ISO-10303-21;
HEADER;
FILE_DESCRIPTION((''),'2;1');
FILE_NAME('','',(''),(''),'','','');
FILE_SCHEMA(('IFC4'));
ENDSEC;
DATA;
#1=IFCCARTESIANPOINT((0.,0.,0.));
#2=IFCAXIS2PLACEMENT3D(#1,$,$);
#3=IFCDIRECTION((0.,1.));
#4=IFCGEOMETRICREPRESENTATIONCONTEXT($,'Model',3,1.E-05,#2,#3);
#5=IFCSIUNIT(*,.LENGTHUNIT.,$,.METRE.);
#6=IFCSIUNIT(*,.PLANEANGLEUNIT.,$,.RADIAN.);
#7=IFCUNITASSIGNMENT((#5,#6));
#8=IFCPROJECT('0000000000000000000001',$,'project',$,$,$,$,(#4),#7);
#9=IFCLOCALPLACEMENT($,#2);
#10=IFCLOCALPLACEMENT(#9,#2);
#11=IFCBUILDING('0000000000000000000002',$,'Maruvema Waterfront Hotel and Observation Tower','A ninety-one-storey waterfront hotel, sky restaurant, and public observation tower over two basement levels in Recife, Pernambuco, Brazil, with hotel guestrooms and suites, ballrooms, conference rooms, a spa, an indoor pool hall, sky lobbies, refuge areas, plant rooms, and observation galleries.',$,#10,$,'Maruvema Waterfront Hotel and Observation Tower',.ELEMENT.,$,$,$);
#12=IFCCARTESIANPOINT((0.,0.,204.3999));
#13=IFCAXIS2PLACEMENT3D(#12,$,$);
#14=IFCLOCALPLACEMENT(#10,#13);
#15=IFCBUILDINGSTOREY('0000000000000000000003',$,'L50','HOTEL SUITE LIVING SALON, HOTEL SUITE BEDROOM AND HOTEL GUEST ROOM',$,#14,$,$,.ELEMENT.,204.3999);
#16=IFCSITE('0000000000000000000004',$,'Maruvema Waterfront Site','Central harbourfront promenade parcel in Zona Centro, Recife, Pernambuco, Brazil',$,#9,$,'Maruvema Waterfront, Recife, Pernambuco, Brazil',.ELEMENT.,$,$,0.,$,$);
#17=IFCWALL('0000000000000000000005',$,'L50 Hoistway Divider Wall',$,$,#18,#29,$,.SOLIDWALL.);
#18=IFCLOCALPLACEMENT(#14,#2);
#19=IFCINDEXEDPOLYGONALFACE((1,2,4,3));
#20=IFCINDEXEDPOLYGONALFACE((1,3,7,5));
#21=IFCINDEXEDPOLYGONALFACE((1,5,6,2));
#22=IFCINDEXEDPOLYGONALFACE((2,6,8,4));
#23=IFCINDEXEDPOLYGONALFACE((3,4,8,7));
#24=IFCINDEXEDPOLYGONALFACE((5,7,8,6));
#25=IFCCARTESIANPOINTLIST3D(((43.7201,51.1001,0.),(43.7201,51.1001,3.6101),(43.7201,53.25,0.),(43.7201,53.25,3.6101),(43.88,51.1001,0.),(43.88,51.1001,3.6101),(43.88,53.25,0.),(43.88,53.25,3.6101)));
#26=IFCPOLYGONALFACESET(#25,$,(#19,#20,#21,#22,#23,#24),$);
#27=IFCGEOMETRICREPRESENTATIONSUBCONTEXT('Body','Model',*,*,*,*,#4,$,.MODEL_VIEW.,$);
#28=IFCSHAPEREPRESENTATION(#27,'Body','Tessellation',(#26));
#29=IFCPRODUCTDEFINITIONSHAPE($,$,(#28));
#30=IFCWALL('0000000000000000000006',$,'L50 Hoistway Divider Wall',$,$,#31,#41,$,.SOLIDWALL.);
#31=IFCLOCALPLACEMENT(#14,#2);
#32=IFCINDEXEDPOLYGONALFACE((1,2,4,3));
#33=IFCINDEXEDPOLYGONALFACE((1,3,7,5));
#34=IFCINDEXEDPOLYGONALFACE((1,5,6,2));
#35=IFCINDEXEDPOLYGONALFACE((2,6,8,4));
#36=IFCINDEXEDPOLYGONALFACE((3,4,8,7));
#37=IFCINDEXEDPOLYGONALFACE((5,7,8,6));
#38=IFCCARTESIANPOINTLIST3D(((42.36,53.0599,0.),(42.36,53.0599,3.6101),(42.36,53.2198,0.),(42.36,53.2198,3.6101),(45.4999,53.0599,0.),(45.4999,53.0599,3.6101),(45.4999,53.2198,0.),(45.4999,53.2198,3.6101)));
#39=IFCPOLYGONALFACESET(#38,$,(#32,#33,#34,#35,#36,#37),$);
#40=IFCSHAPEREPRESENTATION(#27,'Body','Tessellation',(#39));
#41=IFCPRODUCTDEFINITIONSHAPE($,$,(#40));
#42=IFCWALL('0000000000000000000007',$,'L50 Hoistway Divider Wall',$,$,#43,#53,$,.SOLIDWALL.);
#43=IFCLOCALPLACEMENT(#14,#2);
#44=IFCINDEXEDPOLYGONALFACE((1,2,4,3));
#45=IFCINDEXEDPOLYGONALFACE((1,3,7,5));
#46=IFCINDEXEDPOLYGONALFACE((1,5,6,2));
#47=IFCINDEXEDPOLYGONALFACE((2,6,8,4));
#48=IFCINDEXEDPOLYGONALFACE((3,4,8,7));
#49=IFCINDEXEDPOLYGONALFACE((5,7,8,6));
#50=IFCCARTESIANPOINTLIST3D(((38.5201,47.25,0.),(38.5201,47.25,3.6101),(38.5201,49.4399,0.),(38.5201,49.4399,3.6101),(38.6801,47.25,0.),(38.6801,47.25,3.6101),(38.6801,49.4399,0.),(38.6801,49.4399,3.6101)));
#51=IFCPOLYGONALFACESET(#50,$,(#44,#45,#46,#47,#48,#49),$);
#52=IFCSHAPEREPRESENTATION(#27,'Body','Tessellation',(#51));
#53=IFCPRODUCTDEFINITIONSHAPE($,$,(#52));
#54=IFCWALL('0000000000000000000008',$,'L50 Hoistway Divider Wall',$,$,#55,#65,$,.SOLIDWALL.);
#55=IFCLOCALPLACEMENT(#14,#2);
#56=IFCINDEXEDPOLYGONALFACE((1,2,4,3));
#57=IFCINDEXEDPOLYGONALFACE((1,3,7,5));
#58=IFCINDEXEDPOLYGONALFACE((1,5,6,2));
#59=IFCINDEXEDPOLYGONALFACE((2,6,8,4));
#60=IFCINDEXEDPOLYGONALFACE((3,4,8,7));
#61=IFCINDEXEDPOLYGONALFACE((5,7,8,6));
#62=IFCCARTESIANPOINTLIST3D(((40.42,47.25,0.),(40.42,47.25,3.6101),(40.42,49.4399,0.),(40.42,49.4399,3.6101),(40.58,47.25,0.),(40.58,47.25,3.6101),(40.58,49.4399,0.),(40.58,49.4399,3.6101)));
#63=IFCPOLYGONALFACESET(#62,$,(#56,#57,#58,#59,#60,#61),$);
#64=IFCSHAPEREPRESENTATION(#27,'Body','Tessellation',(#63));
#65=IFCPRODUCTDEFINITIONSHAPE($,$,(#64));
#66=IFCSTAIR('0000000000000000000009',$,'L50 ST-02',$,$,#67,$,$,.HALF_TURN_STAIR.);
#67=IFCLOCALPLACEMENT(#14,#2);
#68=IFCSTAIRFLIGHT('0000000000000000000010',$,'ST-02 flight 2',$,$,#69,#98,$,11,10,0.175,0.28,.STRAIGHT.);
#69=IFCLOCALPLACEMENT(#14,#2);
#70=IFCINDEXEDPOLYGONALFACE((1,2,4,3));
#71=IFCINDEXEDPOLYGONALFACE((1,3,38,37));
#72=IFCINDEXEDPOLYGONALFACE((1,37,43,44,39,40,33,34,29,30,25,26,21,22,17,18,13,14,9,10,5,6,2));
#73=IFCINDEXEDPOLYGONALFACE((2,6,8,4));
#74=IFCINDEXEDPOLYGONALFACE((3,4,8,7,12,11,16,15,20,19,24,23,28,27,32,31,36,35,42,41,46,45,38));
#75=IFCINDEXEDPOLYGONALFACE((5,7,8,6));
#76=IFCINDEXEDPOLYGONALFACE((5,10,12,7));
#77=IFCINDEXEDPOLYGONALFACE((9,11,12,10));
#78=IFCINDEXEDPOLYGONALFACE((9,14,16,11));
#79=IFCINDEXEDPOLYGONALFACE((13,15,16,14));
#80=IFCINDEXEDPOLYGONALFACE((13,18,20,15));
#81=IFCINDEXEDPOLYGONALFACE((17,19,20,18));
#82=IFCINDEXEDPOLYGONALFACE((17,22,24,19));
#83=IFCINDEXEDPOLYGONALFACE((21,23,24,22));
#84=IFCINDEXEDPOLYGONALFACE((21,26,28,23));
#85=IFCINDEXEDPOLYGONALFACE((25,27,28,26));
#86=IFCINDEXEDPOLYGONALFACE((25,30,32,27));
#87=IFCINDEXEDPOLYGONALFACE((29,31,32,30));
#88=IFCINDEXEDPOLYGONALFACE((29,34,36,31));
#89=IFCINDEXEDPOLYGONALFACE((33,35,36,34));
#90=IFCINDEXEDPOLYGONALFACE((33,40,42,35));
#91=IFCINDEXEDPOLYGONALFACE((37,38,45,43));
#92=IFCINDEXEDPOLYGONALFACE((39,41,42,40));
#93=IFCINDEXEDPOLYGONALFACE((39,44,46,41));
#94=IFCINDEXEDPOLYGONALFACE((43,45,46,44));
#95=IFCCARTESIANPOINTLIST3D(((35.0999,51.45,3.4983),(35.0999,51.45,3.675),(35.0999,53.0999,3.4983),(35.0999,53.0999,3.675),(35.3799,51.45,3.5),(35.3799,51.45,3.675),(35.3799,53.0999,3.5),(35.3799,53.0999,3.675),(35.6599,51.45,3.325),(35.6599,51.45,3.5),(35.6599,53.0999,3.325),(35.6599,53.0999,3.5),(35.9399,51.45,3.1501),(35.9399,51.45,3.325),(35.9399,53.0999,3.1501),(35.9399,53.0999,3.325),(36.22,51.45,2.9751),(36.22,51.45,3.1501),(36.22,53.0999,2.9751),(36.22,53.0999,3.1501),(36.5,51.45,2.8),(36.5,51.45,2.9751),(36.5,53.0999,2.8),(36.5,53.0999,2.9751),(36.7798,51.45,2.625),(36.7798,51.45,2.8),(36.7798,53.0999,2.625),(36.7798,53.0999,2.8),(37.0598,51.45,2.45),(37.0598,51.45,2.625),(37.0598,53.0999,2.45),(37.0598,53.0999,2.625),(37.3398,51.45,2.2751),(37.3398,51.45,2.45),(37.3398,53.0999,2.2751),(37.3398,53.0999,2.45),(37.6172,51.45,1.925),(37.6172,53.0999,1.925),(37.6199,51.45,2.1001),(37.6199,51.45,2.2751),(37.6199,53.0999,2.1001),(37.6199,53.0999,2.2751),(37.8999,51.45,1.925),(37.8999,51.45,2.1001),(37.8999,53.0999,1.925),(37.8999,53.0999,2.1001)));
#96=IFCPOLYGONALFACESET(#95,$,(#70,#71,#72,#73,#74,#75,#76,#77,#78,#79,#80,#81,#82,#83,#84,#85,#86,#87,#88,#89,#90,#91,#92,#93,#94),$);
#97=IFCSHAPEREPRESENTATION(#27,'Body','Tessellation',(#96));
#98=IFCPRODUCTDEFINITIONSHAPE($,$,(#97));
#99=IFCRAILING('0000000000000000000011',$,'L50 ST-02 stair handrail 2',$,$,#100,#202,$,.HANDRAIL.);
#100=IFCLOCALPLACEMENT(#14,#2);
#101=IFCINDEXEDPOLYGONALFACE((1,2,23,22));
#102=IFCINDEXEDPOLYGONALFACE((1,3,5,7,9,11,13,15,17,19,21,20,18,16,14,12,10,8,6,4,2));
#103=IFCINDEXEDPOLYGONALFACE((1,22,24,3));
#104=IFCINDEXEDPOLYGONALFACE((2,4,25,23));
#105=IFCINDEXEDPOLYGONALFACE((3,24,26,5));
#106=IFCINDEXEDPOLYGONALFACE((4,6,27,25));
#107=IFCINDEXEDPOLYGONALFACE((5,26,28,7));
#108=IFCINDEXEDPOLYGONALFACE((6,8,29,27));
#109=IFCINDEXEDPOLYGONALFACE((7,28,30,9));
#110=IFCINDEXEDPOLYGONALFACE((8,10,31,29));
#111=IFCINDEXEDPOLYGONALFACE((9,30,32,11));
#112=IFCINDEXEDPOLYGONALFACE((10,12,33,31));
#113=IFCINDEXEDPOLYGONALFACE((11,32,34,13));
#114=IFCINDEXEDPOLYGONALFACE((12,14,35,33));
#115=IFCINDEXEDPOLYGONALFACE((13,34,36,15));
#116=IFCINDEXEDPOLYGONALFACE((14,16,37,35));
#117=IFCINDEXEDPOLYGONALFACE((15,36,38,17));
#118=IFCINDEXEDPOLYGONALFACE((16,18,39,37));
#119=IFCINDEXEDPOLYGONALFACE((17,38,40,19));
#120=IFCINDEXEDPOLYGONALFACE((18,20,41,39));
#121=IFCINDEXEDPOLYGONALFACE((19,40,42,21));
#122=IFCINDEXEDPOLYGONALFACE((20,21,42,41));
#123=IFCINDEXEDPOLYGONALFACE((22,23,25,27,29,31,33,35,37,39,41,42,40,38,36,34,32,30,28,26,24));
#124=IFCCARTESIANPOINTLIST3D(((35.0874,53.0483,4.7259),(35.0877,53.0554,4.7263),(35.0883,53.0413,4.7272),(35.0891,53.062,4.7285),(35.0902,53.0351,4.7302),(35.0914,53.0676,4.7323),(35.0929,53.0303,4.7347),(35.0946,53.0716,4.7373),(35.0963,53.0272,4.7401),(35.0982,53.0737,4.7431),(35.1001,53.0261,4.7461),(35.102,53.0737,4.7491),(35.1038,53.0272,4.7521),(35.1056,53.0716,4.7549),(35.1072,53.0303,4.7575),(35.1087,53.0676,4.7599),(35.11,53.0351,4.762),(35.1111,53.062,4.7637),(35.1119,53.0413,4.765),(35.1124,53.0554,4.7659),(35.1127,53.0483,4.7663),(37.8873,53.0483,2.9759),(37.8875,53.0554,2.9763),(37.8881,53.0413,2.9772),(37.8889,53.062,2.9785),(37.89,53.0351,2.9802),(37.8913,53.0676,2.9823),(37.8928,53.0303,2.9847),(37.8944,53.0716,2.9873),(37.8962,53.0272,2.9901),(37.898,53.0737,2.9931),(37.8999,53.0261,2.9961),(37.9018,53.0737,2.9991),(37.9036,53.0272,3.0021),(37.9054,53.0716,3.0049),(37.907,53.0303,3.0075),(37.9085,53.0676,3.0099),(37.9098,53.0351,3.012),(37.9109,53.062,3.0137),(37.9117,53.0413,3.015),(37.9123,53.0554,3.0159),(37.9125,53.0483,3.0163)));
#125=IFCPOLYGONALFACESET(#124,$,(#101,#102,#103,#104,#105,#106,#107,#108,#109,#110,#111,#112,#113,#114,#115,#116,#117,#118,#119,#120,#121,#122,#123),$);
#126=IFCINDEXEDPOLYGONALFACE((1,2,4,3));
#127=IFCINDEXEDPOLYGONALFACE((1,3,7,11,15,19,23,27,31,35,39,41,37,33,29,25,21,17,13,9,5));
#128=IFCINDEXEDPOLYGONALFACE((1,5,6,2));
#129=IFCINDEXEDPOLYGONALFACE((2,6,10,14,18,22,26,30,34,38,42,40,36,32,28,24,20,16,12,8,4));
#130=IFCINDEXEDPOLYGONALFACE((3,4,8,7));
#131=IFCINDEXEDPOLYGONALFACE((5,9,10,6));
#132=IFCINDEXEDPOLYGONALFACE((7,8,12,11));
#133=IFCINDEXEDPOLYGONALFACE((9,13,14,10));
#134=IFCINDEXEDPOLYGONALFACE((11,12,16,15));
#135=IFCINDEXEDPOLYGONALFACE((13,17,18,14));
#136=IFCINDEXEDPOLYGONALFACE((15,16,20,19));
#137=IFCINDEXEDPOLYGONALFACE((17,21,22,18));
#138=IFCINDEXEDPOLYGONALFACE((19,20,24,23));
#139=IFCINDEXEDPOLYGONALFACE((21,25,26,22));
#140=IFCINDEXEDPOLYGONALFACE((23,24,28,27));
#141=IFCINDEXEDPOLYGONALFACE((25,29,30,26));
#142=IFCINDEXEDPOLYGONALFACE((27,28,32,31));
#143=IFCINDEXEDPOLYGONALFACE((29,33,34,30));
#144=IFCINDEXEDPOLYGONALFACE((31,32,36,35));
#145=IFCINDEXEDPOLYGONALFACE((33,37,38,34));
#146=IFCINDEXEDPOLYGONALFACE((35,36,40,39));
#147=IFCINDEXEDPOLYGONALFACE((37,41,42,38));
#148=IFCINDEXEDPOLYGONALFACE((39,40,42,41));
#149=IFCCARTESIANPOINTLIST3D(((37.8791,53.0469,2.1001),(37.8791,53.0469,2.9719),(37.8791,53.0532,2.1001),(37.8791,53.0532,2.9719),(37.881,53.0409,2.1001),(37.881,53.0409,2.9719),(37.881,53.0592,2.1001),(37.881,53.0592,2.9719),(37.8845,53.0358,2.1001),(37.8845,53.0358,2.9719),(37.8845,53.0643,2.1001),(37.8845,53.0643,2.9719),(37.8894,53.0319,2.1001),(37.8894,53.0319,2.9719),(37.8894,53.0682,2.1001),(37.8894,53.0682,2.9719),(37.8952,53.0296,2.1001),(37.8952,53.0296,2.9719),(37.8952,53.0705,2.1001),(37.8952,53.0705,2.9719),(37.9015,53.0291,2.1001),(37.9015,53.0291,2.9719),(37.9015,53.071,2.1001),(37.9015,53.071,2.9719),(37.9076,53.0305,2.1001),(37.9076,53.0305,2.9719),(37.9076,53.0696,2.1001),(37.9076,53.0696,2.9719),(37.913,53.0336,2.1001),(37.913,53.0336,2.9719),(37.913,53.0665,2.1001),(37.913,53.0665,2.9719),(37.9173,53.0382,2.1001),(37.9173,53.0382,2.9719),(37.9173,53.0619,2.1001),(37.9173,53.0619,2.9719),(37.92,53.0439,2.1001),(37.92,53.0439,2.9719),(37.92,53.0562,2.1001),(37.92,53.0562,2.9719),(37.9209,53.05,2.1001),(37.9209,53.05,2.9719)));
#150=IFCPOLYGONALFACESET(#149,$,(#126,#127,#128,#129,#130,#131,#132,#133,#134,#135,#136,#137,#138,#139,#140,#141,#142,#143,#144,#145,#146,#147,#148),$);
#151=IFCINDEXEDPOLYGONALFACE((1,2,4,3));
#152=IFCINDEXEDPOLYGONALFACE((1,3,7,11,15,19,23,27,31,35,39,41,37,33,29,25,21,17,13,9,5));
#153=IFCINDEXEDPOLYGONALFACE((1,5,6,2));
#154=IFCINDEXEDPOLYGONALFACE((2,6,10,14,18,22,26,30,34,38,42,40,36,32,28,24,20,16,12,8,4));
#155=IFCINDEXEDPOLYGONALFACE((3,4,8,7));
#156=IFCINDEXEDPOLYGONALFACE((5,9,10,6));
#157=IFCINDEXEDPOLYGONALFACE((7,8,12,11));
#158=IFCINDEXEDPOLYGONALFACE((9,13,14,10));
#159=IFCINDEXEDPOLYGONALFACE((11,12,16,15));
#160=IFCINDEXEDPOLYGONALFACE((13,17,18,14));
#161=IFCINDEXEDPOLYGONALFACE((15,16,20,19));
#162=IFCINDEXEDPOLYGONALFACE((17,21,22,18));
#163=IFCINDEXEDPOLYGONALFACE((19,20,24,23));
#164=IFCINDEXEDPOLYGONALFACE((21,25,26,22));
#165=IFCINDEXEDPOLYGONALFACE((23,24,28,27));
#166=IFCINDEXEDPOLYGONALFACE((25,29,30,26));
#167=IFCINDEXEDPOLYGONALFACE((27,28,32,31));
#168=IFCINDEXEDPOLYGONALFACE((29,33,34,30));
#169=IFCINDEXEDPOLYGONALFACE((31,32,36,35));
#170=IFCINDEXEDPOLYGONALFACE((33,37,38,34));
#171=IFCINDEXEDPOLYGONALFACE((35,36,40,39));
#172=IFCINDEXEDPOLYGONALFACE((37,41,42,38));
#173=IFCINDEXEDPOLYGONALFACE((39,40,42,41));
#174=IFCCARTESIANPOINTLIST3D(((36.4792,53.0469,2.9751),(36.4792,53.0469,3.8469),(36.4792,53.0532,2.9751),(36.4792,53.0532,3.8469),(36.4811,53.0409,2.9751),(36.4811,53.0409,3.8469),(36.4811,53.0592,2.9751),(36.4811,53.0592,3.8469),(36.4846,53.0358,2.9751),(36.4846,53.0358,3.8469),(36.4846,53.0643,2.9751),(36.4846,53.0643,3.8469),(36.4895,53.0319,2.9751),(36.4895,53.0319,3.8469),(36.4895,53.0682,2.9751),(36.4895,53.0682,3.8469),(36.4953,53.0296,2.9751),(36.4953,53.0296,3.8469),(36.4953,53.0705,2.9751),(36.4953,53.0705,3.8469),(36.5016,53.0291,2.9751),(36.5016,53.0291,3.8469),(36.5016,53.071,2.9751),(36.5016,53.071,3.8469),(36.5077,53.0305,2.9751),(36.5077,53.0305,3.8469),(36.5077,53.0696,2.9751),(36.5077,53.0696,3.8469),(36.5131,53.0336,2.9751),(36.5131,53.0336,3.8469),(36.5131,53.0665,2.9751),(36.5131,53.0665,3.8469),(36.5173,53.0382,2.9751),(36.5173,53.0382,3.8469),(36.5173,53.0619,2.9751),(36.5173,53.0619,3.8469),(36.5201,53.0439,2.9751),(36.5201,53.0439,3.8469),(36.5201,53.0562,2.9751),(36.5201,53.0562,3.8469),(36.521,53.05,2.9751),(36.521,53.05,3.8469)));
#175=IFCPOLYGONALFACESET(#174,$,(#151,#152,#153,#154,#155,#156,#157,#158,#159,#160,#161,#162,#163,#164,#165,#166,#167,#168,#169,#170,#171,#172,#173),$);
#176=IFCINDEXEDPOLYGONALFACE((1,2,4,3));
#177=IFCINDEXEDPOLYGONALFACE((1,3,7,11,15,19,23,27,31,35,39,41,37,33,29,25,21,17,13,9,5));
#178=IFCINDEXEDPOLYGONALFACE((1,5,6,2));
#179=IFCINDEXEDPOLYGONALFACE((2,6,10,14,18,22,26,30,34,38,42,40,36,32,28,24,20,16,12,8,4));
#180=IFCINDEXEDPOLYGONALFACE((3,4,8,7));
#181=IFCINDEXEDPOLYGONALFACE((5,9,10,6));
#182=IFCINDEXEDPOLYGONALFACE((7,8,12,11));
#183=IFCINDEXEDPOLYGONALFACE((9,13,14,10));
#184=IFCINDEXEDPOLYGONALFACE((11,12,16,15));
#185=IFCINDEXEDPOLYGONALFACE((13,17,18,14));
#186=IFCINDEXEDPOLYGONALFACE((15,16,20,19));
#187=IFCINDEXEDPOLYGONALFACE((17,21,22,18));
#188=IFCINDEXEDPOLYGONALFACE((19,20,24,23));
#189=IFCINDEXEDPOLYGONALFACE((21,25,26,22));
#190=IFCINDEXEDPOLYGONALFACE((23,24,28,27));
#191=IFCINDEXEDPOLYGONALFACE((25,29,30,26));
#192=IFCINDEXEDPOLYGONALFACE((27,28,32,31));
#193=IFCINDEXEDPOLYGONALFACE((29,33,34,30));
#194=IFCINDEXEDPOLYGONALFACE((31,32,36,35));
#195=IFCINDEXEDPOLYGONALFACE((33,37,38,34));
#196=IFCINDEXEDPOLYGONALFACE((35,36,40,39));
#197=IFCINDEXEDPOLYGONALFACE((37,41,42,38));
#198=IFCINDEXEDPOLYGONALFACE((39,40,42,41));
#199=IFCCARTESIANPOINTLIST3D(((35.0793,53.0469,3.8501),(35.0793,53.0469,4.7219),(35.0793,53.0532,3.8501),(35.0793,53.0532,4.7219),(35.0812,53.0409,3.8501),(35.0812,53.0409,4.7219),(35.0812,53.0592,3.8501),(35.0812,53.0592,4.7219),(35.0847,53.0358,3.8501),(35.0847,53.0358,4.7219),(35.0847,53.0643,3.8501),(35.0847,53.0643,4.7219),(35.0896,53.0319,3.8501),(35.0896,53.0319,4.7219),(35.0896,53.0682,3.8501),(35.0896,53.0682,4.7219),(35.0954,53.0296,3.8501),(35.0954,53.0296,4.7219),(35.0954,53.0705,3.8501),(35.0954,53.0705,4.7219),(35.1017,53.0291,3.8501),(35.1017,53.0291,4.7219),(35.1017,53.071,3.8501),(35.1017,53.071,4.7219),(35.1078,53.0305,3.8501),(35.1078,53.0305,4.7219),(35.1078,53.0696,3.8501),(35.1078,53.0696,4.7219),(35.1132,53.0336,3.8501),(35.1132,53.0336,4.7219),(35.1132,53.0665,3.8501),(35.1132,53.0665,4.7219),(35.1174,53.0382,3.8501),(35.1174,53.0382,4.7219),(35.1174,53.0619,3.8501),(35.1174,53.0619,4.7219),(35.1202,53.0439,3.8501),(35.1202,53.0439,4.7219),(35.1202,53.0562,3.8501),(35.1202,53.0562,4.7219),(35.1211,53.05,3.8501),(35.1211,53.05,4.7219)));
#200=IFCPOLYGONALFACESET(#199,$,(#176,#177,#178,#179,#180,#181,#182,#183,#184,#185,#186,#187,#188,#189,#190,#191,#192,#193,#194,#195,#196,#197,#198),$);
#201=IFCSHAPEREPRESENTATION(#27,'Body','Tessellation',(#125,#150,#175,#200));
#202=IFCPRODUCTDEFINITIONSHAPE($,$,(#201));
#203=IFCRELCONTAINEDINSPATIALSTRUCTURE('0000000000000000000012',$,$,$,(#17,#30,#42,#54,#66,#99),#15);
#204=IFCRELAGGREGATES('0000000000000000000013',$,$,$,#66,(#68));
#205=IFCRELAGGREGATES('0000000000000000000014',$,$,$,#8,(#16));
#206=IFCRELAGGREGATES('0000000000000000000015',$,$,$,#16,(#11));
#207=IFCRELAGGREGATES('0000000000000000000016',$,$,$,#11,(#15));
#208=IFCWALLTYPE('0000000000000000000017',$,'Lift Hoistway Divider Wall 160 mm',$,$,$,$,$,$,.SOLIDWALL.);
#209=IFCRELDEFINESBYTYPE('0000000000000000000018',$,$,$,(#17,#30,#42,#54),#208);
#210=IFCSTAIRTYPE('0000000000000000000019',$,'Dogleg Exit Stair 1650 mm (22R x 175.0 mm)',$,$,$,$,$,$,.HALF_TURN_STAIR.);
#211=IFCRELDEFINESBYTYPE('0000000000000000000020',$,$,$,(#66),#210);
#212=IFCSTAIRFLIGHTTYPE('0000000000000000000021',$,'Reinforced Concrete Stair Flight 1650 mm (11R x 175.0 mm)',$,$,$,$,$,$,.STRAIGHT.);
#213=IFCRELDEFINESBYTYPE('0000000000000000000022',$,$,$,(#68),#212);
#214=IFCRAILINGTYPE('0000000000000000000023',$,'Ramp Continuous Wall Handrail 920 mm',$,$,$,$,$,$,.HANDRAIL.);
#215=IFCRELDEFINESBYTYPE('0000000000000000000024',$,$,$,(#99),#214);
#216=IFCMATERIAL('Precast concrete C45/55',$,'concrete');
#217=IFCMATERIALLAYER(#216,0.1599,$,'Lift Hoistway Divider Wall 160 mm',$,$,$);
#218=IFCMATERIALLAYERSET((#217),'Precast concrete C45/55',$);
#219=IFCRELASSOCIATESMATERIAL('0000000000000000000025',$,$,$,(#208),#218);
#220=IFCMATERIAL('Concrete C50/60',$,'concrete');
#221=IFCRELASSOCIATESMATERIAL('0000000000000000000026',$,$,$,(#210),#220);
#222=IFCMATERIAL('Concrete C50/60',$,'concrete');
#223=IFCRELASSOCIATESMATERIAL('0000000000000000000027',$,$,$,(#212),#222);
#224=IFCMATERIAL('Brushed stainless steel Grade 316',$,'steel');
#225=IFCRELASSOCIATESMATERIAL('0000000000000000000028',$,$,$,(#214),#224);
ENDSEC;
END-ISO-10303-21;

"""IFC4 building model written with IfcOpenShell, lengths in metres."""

from ifc_helpers import new_model, si_unit, direction, frame, frame_2d, origin, origin_2d, place, context, subcontext, project, spatial, polyline, rectangle, circle, outline, extrude, material, layer, layer_set, type_object, element, aggregate, save


model = new_model("IFC4")

# Units and contexts
model_context = context("Model", 3, precision=1e-05, world=origin(), true_north=direction((0.0, 1.0)))
body_context = subcontext(model_context, "Body", "Model", "MODEL_VIEW")
ifc_project = project(units=[si_unit("LENGTHUNIT", "METRE"), si_unit("PLANEANGLEUNIT", "RADIAN")], contexts=[model_context])

# Site, building, storey
site_placement = place(None, origin())
site = spatial("IfcSite", under=ifc_project, at=site_placement, Name="Maruvema Waterfront Site", Description="Central harbourfront promenade parcel in Zona Centro, Recife, Pernambuco, Brazil", LongName="Maruvema Waterfront, Recife, Pernambuco, Brazil", CompositionType="ELEMENT", RefElevation=0.0)
building_placement = place(site_placement, origin())
building = spatial("IfcBuilding", under=site, at=building_placement, Name="Maruvema Waterfront Hotel and Observation Tower", Description="A ninety-one-storey waterfront hotel, sky restaurant, and public observation tower over two basement levels in Recife, Pernambuco, Brazil, with hotel guestrooms and suites, ballrooms, conference rooms, a spa, an indoor pool hall, sky lobbies, refuge areas, plant rooms, and observation galleries.", LongName="Maruvema Waterfront Hotel and Observation Tower", CompositionType="ELEMENT")
storey_placement = place(building_placement, frame((0.0, 0.0, 204.3999)))
storey = spatial("IfcBuildingStorey", under=building, at=storey_placement, Name="L50", Description="HOTEL SUITE LIVING SALON, HOTEL SUITE BEDROOM AND HOTEL GUEST ROOM", CompositionType="ELEMENT", Elevation=204.3999)

# Walls
ifc_material_1 = material(Name="Precast concrete C45/55", Category="concrete")
ifc_layer_1 = layer(ifc_material_1, 0.1599, Name="Lift Hoistway Divider Wall 160 mm")
ifc_layer_set_1 = layer_set([ifc_layer_1], Name="Precast concrete C45/55")
wall_type_1 = type_object("IfcWallType", Name="Lift Hoistway Divider Wall 160 mm", PredefinedType="SOLIDWALL", material=ifc_layer_set_1)
wall_1_placement = place(storey_placement, frame((43.8, 51.1001, 0.0), z_axis=(0.0, 0.0, 1.0), x_axis=(0.0, 1.0, 0.0)))
element("IfcWall", 1, at=wall_1_placement, inside=storey, type_object=wall_type_1, Name="L50 Hoistway Divider Wall", PredefinedType="SOLIDWALL", context=body_context, shape_type="SweptSolid", body=[
    extrude(rectangle(XDim=2.1499, YDim=0.1599, at=frame_2d((1.075, 0.0))), origin(), (0.0, 0.0, 1.0), 3.6101),
])
wall_2_placement = place(storey_placement, frame((42.3601, 53.1399, 0.0), z_axis=(0.0, 0.0, 1.0), x_axis=(1.0, 0.0, 0.0)))
element("IfcWall", 2, at=wall_2_placement, inside=storey, type_object=wall_type_1, Name="L50 Hoistway Divider Wall", PredefinedType="SOLIDWALL", context=body_context, shape_type="SweptSolid", body=[
    extrude(rectangle(XDim=3.1399, YDim=0.1599, at=frame_2d((1.5698, 0.0))), origin(), (0.0, 0.0, 1.0), 3.6101),
])
for number, where, z_axis, x_axis, name in (
    (3, (38.6001, 47.25, 0.0), (0.0, 0.0, 1.0), (0.0, 1.0, 0.0), "L50 Hoistway Divider Wall"),
    (4, (40.5, 47.25, 0.0), (0.0, 0.0, 1.0), (0.0, 1.0, 0.0), "L50 Hoistway Divider Wall"),
):
    element("IfcWall", number, at=place(storey_placement, frame(where, z_axis=z_axis, x_axis=x_axis)), inside=storey, type_object=wall_type_1, Name=name, PredefinedType="SOLIDWALL", context=body_context, shape_type="SweptSolid", body=[
        extrude(rectangle(XDim=2.1899, YDim=0.1599, at=frame_2d((1.095, 0.0))), origin(), (0.0, 0.0, 1.0), 3.6101),
    ])

# Stair, stair flight
ifc_material_2 = material(Name="Concrete C50/60", Category="concrete")
stair_type = type_object("IfcStairType", Name="Dogleg Exit Stair 1650 mm (22R x 175.0 mm)", PredefinedType="HALF_TURN_STAIR", material=ifc_material_2)
stair_placement = place(storey_placement, origin())
stair = element("IfcStair", 5, at=stair_placement, inside=storey, type_object=stair_type, Name="L50 ST-02", PredefinedType="HALF_TURN_STAIR")
ifc_material_3 = material(Name="Concrete C50/60", Category="concrete")
stair_flight_type = type_object("IfcStairFlightType", Name="Reinforced Concrete Stair Flight 1650 mm (11R x 175.0 mm)", PredefinedType="STRAIGHT", material=ifc_material_3)
stair_flight_placement = place(storey_placement, frame((37.8999, 52.2749, 1.925), z_axis=(0.0, 0.0, 1.0), x_axis=(-1.0, 0.0, 0.0)))
stair_flight = element("IfcStairFlight", 6, at=stair_flight_placement, type_object=stair_flight_type, Name="ST-02 flight 2", NumberOfRisers=11, NumberOfTreads=10, PredefinedType="STRAIGHT", RiserHeight=0.175, TreadLength=0.28, context=body_context, shape_type="SweptSolid", body=[
    extrude(outline(polyline([(0.0, 0.0), (0.0, 0.175), (0.28, 0.175), (0.28, 0.3501), (0.5601, 0.3501), (0.5601, 0.5249), (0.8401, 0.5249), (0.8401, 0.7), (1.1201, 0.7), (1.1201, 0.875), (1.3999, 0.875), (1.3999, 1.05), (1.6799, 1.05), (1.6799, 1.2251), (1.96, 1.2251), (1.96, 1.3999), (2.24, 1.3999), (2.24, 1.575), (2.52, 1.575), (2.52, 1.75), (2.8, 1.75), (2.8, 1.925), (2.8, 1.5732), (0.2827, 0.0), (0.0, 0.0)])), frame((0.0, 0.825, 0.0), z_axis=(0.0, -1.0, 0.0), x_axis=(1.0, 0.0, 0.0)), (0.0, 0.0, 1.0), 1.6499),
])
aggregate(stair, [stair_flight])

# Railing
ifc_material_4 = material(Name="Brushed stainless steel Grade 316", Category="steel")
railing_type_1 = type_object("IfcRailingType", Name="Ramp Continuous Wall Handrail 920 mm", PredefinedType="HANDRAIL", material=ifc_material_4)
railing_1_placement = place(storey_placement, frame((37.8999, 53.05, 2.1001)))
element("IfcRailing", 7, at=railing_1_placement, inside=storey, type_object=railing_type_1, Name="L50 ST-02 stair handrail 2", PredefinedType="HANDRAIL", context=body_context, shape_type="SweptSolid", body=[
    extrude(circle(Radius=0.0239, at=origin_2d()), frame((0.0, 0.0, 0.896), z_axis=(-0.847982, 0.0, 0.530026), x_axis=(0.0, -1.0, 0.0)), (0.0, 0.0, 1.0), 3.3018),
    extrude(circle(Radius=0.021, at=origin_2d()), origin(), (0.0, 0.0, 1.0), 0.8718),
    extrude(circle(Radius=0.021, at=origin_2d()), frame((-1.3999, 0.0, 0.875)), (0.0, 0.0, 1.0), 0.8718),
    extrude(circle(Radius=0.021, at=origin_2d()), frame((-2.7998, 0.0, 1.75)), (0.0, 0.0, 1.0), 0.8718),
])

save(model, "model.ifc")
